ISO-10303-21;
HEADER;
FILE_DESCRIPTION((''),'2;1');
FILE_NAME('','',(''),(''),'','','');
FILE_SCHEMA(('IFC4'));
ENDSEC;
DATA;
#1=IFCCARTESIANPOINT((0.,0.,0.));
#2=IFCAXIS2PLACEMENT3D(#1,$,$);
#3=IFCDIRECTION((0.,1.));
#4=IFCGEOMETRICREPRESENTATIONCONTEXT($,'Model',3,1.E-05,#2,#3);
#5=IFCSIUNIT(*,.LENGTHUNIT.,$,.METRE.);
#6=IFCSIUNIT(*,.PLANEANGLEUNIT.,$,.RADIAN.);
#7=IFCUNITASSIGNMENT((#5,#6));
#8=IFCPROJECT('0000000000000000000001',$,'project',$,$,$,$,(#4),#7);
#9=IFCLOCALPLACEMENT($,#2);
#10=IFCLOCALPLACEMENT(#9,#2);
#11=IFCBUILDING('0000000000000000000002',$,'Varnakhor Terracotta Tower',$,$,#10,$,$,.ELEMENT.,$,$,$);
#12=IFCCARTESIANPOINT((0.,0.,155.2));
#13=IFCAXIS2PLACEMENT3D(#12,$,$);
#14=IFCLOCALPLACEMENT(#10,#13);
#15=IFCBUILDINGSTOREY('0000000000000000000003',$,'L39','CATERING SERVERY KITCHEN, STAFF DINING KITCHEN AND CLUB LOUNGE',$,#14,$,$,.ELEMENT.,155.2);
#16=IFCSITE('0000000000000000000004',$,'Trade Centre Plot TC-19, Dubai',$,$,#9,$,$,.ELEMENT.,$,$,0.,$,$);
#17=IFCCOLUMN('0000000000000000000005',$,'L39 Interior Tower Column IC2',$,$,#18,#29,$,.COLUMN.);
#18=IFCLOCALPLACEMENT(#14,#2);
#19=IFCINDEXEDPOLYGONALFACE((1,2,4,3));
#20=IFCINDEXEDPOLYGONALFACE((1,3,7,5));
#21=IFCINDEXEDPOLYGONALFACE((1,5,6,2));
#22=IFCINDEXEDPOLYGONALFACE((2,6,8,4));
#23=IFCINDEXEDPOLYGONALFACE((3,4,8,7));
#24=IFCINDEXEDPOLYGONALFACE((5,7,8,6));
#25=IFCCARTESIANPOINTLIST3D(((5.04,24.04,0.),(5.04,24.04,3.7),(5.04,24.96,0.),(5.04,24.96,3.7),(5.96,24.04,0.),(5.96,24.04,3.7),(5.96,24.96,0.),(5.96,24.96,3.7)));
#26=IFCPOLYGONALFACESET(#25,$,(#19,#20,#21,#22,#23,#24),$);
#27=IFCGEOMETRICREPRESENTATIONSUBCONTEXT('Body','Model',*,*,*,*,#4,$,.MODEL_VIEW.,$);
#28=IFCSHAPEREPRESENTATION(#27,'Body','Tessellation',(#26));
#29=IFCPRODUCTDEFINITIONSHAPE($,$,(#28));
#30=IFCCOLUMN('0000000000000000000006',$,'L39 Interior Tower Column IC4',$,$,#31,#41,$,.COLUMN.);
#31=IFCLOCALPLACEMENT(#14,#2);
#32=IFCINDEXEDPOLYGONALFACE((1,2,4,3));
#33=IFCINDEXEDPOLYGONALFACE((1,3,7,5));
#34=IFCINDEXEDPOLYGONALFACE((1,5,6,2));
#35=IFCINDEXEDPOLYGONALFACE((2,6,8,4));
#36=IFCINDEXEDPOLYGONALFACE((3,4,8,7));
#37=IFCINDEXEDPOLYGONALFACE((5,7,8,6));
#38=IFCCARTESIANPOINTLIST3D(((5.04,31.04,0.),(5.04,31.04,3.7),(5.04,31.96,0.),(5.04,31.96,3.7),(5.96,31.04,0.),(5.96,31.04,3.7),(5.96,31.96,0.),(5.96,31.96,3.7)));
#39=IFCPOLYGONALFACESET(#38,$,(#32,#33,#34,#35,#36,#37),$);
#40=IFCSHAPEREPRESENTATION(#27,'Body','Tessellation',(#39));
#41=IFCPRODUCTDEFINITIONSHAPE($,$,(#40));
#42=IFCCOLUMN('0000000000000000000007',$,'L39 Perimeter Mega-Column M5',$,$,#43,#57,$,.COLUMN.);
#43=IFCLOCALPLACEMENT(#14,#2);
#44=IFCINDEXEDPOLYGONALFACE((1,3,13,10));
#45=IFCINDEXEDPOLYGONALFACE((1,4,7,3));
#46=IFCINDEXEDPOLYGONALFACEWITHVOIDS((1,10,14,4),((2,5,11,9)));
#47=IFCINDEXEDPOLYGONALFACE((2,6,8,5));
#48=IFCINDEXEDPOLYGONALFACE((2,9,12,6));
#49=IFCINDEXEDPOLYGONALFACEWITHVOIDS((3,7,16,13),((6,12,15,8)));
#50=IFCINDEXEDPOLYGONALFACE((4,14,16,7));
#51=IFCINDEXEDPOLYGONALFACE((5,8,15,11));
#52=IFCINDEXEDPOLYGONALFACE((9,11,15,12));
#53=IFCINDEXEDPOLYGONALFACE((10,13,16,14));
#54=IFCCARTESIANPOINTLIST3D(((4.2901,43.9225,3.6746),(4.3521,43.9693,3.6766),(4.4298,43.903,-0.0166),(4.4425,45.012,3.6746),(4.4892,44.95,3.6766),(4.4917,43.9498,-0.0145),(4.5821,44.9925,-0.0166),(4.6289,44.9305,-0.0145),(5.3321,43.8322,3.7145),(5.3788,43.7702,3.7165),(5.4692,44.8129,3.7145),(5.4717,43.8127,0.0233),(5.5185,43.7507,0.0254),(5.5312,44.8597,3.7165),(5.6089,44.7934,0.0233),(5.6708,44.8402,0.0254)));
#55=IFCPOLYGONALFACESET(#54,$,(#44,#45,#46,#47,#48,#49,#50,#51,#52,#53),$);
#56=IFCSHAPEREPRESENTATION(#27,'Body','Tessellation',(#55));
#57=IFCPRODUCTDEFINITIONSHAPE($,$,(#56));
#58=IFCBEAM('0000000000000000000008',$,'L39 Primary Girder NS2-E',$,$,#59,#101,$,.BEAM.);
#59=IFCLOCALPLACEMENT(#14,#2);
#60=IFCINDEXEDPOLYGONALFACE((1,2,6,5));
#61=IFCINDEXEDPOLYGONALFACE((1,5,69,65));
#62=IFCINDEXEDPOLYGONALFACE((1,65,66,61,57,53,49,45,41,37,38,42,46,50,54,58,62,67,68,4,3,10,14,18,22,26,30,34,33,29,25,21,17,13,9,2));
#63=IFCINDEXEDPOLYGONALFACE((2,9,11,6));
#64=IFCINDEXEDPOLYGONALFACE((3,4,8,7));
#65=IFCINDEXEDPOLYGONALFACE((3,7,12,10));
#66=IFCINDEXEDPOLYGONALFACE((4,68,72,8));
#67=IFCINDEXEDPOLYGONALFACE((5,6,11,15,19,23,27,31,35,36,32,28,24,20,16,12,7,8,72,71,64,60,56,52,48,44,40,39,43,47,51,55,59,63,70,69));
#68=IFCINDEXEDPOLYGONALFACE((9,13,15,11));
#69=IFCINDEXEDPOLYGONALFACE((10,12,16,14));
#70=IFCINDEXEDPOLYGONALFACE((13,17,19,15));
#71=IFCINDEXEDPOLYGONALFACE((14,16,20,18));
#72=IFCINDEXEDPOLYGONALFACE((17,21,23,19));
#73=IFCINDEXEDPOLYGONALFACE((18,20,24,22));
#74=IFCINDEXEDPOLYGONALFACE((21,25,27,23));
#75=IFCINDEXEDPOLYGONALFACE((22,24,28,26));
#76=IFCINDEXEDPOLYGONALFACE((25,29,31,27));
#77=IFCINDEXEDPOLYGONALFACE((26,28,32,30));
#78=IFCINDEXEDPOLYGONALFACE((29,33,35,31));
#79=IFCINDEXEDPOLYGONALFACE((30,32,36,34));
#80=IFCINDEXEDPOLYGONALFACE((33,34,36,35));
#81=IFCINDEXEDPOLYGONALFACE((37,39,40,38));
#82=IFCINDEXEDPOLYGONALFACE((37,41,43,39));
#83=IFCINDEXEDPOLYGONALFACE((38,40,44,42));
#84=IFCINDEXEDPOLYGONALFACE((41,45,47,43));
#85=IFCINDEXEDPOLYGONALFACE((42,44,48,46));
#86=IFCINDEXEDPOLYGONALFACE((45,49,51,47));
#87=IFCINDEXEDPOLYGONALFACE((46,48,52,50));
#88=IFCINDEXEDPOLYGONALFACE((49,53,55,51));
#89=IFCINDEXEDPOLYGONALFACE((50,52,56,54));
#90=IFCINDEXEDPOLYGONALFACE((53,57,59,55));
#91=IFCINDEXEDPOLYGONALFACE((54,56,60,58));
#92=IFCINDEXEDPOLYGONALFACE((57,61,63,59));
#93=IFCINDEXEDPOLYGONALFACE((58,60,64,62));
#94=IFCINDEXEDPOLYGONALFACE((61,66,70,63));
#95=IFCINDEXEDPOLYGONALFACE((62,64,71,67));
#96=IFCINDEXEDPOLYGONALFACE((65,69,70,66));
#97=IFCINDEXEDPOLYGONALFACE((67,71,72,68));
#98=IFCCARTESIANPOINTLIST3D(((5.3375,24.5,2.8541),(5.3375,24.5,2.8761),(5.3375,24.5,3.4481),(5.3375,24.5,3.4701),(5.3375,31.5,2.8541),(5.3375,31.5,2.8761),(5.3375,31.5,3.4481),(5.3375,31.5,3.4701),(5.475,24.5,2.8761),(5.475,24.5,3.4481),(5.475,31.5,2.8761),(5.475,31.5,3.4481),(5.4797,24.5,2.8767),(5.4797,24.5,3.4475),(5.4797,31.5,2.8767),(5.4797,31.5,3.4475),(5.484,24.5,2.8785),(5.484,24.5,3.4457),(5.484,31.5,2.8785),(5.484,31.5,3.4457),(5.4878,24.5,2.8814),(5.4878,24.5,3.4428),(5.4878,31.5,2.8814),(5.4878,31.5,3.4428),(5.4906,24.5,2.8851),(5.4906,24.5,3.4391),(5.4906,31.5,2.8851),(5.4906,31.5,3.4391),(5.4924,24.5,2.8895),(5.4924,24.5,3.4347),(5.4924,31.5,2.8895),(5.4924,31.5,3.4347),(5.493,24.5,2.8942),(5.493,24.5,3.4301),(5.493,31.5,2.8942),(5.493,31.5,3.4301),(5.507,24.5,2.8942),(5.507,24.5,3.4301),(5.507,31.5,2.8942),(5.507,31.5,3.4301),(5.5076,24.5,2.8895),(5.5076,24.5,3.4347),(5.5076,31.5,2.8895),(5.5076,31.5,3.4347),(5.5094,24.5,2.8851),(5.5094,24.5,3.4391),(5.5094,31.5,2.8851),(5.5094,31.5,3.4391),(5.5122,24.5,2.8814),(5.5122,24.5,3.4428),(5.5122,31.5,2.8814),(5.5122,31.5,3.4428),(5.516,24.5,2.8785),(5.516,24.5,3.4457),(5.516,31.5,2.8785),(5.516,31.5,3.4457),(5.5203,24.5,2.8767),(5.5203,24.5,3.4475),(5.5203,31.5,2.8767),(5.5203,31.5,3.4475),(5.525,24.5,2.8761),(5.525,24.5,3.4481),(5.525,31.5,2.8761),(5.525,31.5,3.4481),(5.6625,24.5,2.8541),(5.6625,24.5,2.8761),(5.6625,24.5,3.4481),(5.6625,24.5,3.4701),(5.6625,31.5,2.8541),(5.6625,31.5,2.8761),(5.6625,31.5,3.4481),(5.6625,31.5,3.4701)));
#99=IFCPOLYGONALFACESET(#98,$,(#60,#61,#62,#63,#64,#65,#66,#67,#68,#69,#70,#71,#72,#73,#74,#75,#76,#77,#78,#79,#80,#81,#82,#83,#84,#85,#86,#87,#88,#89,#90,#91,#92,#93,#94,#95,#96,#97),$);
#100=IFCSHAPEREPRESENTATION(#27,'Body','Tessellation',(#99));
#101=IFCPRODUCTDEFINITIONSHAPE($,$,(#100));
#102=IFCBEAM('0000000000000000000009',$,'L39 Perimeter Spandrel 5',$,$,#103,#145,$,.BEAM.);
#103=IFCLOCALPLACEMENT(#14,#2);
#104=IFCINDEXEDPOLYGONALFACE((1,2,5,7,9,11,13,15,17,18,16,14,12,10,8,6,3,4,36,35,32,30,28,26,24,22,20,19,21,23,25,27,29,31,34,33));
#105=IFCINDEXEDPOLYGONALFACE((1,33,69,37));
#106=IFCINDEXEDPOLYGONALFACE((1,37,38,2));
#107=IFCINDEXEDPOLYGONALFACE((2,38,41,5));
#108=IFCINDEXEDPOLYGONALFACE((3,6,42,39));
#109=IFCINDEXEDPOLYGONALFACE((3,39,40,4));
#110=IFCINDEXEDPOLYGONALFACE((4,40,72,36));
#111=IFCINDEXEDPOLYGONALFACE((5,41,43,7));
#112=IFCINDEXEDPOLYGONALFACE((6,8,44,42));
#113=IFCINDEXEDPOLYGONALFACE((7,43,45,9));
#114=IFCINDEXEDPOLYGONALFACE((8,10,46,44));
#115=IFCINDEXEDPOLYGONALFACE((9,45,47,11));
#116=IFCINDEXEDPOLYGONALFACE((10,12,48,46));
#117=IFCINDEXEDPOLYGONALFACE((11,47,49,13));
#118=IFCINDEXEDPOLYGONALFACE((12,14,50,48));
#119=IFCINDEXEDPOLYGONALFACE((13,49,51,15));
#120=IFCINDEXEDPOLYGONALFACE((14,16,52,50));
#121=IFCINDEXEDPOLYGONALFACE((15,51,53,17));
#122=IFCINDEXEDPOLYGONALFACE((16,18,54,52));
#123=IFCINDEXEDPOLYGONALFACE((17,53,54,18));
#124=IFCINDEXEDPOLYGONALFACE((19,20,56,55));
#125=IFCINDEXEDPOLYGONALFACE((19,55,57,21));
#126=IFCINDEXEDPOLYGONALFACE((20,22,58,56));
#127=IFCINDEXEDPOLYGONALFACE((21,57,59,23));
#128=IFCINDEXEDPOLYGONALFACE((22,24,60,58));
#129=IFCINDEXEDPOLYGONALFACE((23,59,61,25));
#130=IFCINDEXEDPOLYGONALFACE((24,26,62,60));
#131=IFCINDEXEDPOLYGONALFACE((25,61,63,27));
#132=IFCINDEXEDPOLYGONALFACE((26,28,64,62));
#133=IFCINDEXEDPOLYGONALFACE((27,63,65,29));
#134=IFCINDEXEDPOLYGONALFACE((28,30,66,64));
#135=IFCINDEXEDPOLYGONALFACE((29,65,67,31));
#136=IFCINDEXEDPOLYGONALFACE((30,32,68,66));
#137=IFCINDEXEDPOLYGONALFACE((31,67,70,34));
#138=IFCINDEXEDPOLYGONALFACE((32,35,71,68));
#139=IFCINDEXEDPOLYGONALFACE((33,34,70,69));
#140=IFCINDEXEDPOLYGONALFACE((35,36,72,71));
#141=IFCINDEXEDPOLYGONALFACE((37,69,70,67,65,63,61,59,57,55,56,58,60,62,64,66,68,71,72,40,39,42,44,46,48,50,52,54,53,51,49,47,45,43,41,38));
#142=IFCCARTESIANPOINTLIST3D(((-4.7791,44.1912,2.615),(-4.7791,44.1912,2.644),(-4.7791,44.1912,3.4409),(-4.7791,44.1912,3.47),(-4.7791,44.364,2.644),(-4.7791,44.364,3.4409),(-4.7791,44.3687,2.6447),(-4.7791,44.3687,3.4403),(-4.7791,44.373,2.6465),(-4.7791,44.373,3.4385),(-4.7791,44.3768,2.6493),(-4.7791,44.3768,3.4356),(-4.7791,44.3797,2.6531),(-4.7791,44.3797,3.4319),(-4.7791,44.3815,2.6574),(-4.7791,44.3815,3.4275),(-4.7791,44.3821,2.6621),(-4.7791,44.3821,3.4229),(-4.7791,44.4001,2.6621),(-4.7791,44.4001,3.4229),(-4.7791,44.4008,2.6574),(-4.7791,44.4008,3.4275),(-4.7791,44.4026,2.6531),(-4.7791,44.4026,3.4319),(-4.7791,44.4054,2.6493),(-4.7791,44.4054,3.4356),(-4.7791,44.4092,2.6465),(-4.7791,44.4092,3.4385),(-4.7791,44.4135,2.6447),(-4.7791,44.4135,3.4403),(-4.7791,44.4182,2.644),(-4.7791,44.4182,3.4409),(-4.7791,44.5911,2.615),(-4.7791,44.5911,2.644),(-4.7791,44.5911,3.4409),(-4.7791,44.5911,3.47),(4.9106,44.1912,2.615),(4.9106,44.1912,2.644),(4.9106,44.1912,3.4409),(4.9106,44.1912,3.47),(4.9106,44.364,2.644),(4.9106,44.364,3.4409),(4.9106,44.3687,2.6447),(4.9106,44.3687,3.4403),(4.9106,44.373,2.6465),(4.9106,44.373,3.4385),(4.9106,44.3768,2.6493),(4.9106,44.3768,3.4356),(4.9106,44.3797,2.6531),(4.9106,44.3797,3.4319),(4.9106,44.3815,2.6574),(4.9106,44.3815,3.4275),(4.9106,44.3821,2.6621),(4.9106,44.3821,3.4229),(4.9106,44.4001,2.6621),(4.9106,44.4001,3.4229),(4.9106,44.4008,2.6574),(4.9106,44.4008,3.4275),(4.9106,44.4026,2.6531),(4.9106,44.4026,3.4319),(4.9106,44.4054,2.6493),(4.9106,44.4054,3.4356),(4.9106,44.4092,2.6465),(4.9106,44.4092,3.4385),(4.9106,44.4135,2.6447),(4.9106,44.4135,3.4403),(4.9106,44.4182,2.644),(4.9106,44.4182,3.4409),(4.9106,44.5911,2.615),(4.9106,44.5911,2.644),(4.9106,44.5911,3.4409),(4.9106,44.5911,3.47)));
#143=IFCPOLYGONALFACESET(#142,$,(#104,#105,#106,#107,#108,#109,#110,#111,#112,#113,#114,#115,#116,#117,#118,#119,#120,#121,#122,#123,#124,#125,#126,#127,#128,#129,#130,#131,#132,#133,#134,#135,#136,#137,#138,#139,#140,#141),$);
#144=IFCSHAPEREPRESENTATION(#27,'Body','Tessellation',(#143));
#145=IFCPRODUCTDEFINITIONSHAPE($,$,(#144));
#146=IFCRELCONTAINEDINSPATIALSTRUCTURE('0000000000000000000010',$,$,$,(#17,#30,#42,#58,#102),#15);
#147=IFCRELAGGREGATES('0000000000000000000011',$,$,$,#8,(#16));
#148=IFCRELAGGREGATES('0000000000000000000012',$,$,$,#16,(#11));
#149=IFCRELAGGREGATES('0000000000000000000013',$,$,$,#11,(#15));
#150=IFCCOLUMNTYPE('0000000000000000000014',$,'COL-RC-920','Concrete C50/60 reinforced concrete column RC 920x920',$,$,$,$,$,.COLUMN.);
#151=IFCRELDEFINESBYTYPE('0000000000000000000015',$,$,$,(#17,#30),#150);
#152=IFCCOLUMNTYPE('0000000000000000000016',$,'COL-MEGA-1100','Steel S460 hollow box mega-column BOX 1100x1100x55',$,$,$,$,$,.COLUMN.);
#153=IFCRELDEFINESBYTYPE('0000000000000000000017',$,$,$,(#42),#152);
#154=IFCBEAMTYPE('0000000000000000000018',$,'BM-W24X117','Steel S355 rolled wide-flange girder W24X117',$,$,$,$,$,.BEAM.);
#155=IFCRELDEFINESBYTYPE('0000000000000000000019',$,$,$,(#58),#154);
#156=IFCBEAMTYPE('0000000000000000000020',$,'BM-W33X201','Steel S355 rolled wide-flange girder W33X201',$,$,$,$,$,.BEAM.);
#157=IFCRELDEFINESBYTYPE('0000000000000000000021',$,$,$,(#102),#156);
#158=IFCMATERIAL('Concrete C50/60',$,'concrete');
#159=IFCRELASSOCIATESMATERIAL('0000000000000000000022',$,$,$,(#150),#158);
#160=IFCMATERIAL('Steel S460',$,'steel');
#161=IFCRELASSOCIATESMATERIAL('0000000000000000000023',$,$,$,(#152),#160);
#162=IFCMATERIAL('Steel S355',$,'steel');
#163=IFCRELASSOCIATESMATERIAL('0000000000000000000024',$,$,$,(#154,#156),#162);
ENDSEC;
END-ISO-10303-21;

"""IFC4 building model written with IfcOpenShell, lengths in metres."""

from ifc_helpers import new_model, si_unit, direction, frame, origin, origin_2d, place, context, subcontext, project, spatial, rectangle, hollow_rectangle, i_section, extrude, source, transform, mapped, material, material_profile, profile_set, type_object, element, save


model = new_model("IFC4")

# Units and contexts
model_context = context("Model", 3, precision=1e-05, world=origin(), true_north=direction((0.0, 1.0)))
body_context = subcontext(model_context, "Body", "Model", "MODEL_VIEW")
ifc_project = project(units=[si_unit("LENGTHUNIT", "METRE"), si_unit("PLANEANGLEUNIT", "RADIAN")], contexts=[model_context])

# Site, building, storey
site_placement = place(None, origin())
site = spatial("IfcSite", under=ifc_project, at=site_placement, Name="Trade Centre Plot TC-19, Dubai", CompositionType="ELEMENT", RefElevation=0.0)
building_placement = place(site_placement, origin())
building = spatial("IfcBuilding", under=site, at=building_placement, Name="Varnakhor Terracotta Tower", CompositionType="ELEMENT")
storey_placement = place(building_placement, frame((0.0, 0.0, 155.2)))
storey = spatial("IfcBuildingStorey", under=building, at=storey_placement, Name="L39", Description="CATERING SERVERY KITCHEN, STAFF DINING KITCHEN AND CLUB LOUNGE", CompositionType="ELEMENT", Elevation=155.2)

# Columns
ifc_material_1 = material(Name="Concrete C50/60", Category="concrete")
ifc_material_profile_1 = material_profile(ifc_material_1, rectangle(XDim=0.9199, YDim=0.9199, at=origin_2d()), Name="RC 920x920")
ifc_profile_set_1 = profile_set([ifc_material_profile_1], Name="Concrete C50/60")
column_type_1 = type_object("IfcColumnType", Name="COL-RC-920", Description="Concrete C50/60 reinforced concrete column RC 920x920", PredefinedType="COLUMN", material=ifc_profile_set_1)
shared_shape_1 = source(origin(), body_context, "Body", "SweptSolid", [
    extrude(rectangle(XDim=0.9199, YDim=0.9199, at=origin_2d()), origin(), (0.0, 0.0, 1.0), 3.7),
])
for number, where, z_axis, x_axis, name in (
    (1, (5.5, 24.5, 0.0), (0.0, 0.0, 1.0), (1.0, 0.0, 0.0), "L39 Interior Tower Column IC2"),
    (2, (5.5, 31.5, 0.0), (0.0, 0.0, 1.0), (1.0, 0.0, 0.0), "L39 Interior Tower Column IC4"),
):
    element("IfcColumn", number, at=place(storey_placement, frame(where, z_axis=z_axis, x_axis=x_axis)), inside=storey, type_object=column_type_1, Name=name, PredefinedType="COLUMN", context=body_context, shape_type="MappedRepresentation", body=[
        mapped(shared_shape_1, transform((0.0, 0.0, 0.0), scale=1.0)),
    ])
ifc_material_2 = material(Name="Steel S460", Category="steel")
ifc_material_profile_2 = material_profile(ifc_material_2, hollow_rectangle(XDim=1.1001, YDim=1.1001, WallThickness=0.0549, at=origin_2d()), Name="BOX 1100x1100x55")
ifc_profile_set_2 = profile_set([ifc_material_profile_2], Name="Steel S460")
column_type_2 = type_object("IfcColumnType", Name="COL-MEGA-1100", Description="Steel S460 hollow box mega-column BOX 1100x1100x55", PredefinedType="COLUMN", material=ifc_profile_set_2)
shared_shape_2 = source(origin(), body_context, "Body", "SweptSolid", [
    extrude(hollow_rectangle(XDim=1.1001, YDim=1.1001, WallThickness=0.0549, at=origin_2d()), origin(), (0.0, 0.0, 1.0), 3.6938),
])
column_placement = place(storey_placement, frame((5.0503, 44.3716, 0.0044), z_axis=(-0.037806, 0.005287, 0.999271), x_axis=(-0.138512, -0.990361, 0.0)))
element("IfcColumn", 3, at=column_placement, inside=storey, type_object=column_type_2, Name="L39 Perimeter Mega-Column M5", PredefinedType="COLUMN", context=body_context, shape_type="MappedRepresentation", body=[
    mapped(shared_shape_2, transform((0.0, 0.0, 0.0), scale=1.0)),
])

# Beams
ifc_material_3 = material(Name="Steel S355", Category="steel")
ifc_material_profile_3 = material_profile(ifc_material_3, i_section(OverallWidth=0.325, OverallDepth=0.616, WebThickness=0.0139, FlangeThickness=0.022, FilletRadius=0.0181, at=origin_2d()), Name="W24X117")
ifc_profile_set_3 = profile_set([ifc_material_profile_3], Name="Steel S355")
beam_type_1 = type_object("IfcBeamType", Name="BM-W24X117", Description="Steel S355 rolled wide-flange girder W24X117", PredefinedType="BEAM", material=ifc_profile_set_3)
shared_shape_3 = source(origin(), body_context, "Body", "SweptSolid", [
    extrude(i_section(OverallWidth=0.325, OverallDepth=0.616, WebThickness=0.0139, FlangeThickness=0.022, FilletRadius=0.0181, at=origin_2d()), origin(), (0.0, 0.0, 1.0), 7.0),
])
beam_1_placement = place(storey_placement, frame((5.5, 24.5, 3.1621), z_axis=(0.0, 1.0, 0.0), x_axis=(-1.0, 0.0, 0.0)))
element("IfcBeam", 4, at=beam_1_placement, inside=storey, type_object=beam_type_1, Name="L39 Primary Girder NS2-E", PredefinedType="BEAM", context=body_context, shape_type="MappedRepresentation", body=[
    mapped(shared_shape_3, transform((0.0, 0.0, 0.0), scale=1.0)),
])
ifc_material_profile_4 = material_profile(ifc_material_3, i_section(OverallWidth=0.3999, OverallDepth=0.855, WebThickness=0.0181, FlangeThickness=0.0291, FilletRadius=0.0181, at=origin_2d()), Name="W33X201")
ifc_profile_set_4 = profile_set([ifc_material_profile_4], Name="Steel S355")
beam_type_2 = type_object("IfcBeamType", Name="BM-W33X201", Description="Steel S355 rolled wide-flange girder W33X201", PredefinedType="BEAM", material=ifc_profile_set_4)
shared_shape_4 = source(origin(), body_context, "Body", "SweptSolid", [
    extrude(i_section(OverallWidth=0.3999, OverallDepth=0.855, WebThickness=0.0181, FlangeThickness=0.0291, FilletRadius=0.0181, at=origin_2d()), origin(), (0.0, 0.0, 1.0), 9.6897),
])
beam_2_placement = place(storey_placement, frame((4.9106, 44.3911, 3.0425), z_axis=(-1.0, 0.0, 0.0), x_axis=(0.0, -1.0, 0.0)))
element("IfcBeam", 5, at=beam_2_placement, inside=storey, type_object=beam_type_2, Name="L39 Perimeter Spandrel 5", PredefinedType="BEAM", context=body_context, shape_type="MappedRepresentation", body=[
    mapped(shared_shape_4, transform((0.0, 0.0, 0.0), scale=1.0)),
])

save(model, "model.ifc")
